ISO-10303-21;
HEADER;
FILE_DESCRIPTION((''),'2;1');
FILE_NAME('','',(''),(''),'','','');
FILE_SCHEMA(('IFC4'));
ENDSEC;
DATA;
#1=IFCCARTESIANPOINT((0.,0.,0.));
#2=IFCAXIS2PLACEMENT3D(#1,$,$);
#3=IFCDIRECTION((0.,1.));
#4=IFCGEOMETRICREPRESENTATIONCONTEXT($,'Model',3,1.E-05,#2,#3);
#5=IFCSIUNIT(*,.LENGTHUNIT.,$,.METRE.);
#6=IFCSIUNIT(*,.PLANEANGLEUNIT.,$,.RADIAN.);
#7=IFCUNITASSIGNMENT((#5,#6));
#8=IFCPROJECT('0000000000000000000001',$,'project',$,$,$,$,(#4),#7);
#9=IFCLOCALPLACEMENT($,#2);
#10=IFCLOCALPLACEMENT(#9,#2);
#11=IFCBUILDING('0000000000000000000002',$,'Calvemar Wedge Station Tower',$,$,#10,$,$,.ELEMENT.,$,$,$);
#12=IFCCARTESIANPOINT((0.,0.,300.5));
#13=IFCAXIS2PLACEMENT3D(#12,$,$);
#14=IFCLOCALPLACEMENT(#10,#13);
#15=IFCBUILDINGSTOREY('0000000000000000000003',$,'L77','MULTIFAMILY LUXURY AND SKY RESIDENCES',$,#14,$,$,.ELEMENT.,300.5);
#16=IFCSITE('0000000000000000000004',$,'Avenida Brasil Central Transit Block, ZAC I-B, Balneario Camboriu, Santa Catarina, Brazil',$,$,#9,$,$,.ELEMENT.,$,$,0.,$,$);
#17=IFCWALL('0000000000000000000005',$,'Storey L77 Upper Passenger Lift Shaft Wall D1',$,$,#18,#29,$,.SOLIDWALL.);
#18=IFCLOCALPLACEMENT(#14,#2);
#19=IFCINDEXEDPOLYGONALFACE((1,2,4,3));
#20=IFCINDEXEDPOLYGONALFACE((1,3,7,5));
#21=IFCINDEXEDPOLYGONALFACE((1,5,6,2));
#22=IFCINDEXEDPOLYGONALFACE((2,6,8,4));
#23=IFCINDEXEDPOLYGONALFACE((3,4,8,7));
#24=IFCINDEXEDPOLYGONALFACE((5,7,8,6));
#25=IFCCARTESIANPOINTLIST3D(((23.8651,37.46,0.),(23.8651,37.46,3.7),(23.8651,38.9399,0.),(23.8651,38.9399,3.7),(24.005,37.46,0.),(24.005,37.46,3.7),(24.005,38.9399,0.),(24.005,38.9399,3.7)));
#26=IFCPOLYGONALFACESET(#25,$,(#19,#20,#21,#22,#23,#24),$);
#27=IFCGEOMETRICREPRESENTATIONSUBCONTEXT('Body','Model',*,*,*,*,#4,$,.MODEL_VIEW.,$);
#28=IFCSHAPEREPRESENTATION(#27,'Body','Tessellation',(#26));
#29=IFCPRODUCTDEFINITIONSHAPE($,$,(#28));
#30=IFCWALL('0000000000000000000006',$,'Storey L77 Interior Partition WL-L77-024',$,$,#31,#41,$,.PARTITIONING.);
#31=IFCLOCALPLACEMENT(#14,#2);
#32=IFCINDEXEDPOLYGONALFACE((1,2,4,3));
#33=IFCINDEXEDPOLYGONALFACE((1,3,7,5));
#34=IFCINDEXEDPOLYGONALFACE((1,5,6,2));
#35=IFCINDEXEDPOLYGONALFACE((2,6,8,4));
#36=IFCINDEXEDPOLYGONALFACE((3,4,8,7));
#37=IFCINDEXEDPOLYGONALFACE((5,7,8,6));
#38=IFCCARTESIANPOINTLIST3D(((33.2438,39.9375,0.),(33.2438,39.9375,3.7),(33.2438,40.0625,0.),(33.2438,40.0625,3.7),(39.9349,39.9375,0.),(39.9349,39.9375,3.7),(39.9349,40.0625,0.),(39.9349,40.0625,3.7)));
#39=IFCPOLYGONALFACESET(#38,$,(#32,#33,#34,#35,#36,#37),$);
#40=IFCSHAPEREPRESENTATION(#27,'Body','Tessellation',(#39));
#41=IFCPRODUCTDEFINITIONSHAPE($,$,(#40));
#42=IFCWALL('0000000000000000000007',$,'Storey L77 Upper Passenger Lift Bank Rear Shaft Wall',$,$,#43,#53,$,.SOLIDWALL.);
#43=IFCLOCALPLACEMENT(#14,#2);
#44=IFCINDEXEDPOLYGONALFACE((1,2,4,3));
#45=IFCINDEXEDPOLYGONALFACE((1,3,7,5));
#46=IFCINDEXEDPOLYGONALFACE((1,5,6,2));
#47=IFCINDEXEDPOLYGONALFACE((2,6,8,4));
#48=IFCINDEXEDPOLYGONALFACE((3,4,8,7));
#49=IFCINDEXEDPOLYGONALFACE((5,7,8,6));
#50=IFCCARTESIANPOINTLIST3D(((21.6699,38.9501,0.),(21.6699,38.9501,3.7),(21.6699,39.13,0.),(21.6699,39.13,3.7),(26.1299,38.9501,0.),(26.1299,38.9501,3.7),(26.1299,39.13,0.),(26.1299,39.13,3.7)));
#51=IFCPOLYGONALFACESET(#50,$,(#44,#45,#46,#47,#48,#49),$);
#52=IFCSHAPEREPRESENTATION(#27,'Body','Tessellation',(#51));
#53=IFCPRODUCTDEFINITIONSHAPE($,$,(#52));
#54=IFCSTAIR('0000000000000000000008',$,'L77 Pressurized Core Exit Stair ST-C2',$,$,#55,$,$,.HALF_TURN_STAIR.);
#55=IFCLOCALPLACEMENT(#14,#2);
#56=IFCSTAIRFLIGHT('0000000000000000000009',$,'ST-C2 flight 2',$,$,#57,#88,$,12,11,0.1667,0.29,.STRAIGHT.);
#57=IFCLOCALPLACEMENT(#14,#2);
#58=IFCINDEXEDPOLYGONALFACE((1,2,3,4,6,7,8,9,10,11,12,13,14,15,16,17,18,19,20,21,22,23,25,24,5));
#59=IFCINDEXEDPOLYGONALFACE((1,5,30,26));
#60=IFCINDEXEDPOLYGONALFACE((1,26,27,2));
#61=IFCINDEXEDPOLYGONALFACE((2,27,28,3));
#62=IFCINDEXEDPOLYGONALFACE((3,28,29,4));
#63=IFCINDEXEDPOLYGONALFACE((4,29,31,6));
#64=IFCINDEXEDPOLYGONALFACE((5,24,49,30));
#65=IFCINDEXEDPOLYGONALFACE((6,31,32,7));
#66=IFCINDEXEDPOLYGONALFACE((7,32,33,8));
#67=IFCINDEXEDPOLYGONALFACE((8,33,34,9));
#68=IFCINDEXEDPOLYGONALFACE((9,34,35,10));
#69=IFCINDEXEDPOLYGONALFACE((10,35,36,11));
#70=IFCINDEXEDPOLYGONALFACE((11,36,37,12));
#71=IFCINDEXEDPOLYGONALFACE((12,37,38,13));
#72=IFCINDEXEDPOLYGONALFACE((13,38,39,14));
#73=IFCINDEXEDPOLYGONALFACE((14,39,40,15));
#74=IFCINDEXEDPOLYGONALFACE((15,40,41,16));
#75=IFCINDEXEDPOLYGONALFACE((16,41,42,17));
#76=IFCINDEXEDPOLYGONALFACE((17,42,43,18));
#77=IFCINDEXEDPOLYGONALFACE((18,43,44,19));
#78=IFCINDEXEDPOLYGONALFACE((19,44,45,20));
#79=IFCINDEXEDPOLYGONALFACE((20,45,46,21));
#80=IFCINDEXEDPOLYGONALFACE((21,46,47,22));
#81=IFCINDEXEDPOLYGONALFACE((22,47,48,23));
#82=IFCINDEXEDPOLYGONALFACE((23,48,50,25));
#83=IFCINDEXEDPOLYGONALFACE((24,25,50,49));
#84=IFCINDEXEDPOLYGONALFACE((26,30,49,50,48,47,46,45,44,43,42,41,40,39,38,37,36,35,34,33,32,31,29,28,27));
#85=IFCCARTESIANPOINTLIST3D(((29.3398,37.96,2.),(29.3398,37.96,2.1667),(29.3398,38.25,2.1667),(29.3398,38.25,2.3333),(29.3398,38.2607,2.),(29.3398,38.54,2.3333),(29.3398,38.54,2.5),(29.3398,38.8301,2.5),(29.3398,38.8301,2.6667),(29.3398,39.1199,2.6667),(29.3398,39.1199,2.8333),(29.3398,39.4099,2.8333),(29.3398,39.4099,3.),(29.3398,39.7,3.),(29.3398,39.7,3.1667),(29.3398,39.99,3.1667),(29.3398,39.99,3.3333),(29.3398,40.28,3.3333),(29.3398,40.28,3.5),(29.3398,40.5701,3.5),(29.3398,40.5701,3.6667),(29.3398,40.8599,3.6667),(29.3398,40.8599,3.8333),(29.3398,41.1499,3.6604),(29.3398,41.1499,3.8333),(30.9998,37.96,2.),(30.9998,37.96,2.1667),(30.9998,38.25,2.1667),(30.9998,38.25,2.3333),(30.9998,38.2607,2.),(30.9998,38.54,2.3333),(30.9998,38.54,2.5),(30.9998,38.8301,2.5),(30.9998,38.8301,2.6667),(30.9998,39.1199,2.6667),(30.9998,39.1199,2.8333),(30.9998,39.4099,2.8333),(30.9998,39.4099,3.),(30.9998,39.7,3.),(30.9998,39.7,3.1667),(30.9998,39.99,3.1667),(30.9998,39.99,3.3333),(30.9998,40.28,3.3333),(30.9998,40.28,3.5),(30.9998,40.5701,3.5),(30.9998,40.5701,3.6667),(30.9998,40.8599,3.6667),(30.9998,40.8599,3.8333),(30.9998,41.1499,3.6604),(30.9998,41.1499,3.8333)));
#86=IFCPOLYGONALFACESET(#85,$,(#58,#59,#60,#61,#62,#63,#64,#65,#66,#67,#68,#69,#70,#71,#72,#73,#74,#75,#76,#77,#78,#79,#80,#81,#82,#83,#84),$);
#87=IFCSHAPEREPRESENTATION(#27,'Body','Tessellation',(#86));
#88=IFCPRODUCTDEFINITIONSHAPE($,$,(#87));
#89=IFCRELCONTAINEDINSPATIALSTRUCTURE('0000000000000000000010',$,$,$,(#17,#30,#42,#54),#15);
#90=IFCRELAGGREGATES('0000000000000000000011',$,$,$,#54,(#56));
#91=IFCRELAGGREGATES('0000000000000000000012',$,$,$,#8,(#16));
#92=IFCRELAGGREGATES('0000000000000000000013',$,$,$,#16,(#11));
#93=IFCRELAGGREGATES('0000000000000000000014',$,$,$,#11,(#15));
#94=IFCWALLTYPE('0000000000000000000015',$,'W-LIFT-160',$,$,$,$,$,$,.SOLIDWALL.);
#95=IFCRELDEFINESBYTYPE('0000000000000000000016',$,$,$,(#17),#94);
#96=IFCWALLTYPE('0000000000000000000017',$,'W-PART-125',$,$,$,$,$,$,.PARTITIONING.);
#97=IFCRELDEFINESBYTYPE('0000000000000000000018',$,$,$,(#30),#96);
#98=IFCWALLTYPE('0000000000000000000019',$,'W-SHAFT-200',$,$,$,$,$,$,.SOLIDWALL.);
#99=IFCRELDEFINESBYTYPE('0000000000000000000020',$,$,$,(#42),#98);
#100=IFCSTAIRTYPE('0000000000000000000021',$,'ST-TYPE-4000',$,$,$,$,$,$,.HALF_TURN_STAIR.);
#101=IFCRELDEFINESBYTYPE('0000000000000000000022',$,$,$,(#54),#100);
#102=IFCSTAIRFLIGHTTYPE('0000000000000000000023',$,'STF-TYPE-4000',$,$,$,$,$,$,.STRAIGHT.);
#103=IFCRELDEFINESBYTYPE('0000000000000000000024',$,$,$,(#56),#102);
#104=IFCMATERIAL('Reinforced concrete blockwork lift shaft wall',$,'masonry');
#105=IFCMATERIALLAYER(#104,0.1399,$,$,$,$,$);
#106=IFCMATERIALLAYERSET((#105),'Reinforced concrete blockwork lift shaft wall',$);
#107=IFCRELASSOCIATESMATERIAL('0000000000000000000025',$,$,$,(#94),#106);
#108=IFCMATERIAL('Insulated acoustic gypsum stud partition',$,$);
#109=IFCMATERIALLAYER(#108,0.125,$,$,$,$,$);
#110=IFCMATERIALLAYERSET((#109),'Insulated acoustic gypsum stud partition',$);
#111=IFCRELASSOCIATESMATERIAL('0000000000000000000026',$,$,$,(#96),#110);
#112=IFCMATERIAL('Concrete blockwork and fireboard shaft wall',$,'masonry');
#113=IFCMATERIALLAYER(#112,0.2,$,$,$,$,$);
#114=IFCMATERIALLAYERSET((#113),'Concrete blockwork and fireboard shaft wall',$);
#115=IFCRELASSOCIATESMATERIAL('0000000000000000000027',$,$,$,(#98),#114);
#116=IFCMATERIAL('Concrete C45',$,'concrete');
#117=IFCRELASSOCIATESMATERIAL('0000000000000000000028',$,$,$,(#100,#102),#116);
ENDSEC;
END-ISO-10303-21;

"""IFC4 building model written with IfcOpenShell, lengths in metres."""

from ifc_helpers import new_model, si_unit, direction, frame, frame_2d, origin, place, context, subcontext, project, spatial, polyline, rectangle, outline, extrude, material, layer, layer_set, type_object, element, aggregate, save


model = new_model("IFC4")

# Units and contexts
model_context = context("Model", 3, precision=1e-05, world=origin(), true_north=direction((0.0, 1.0)))
body_context = subcontext(model_context, "Body", "Model", "MODEL_VIEW")
ifc_project = project(units=[si_unit("LENGTHUNIT", "METRE"), si_unit("PLANEANGLEUNIT", "RADIAN")], contexts=[model_context])

# Site, building, storey
site_placement = place(None, origin())
site = spatial("IfcSite", under=ifc_project, at=site_placement, Name="Avenida Brasil Central Transit Block, ZAC I-B, Balneario Camboriu, Santa Catarina, Brazil", CompositionType="ELEMENT", RefElevation=0.0)
building_placement = place(site_placement, origin())
building = spatial("IfcBuilding", under=site, at=building_placement, Name="Calvemar Wedge Station Tower", CompositionType="ELEMENT")
storey_placement = place(building_placement, frame((0.0, 0.0, 300.5)))
storey = spatial("IfcBuildingStorey", under=building, at=storey_placement, Name="L77", Description="MULTIFAMILY LUXURY AND SKY RESIDENCES", CompositionType="ELEMENT", Elevation=300.5)

# Shared definitions
ifc_material_1 = material(Name="Reinforced concrete blockwork lift shaft wall", Category="masonry")
ifc_layer_1 = layer(ifc_material_1, 0.1399)
ifc_layer_set_1 = layer_set([ifc_layer_1], Name="Reinforced concrete blockwork lift shaft wall")
wall_type_1 = type_object("IfcWallType", Name="W-LIFT-160", PredefinedType="SOLIDWALL", material=ifc_layer_set_1)

# Walls
for number, where, z_axis, x_axis, name in (
    (1, (23.9351, 37.46, 0.0), (0.0, 0.0, 1.0), (0.0, 1.0, 0.0), "Storey L77 Upper Passenger Lift Shaft Wall D1"),
):
    element("IfcWall", number, at=place(storey_placement, frame(where, z_axis=z_axis, x_axis=x_axis)), inside=storey, type_object=wall_type_1, Name=name, PredefinedType="SOLIDWALL", context=body_context, shape_type="SweptSolid", body=[
        extrude(rectangle(XDim=1.48, YDim=0.1399, at=frame_2d((0.74, 0.0))), origin(), (0.0, 0.0, 1.0), 3.7),
    ])
ifc_material_2 = material(Name="Insulated acoustic gypsum stud partition")
ifc_layer_2 = layer(ifc_material_2, 0.125)
ifc_layer_set_2 = layer_set([ifc_layer_2], Name="Insulated acoustic gypsum stud partition")
wall_type_2 = type_object("IfcWallType", Name="W-PART-125", PredefinedType="PARTITIONING", material=ifc_layer_set_2)
wall_1_placement = place(storey_placement, frame((39.9351, 40.0, 0.0), z_axis=(0.0, 0.0, 1.0), x_axis=(-1.0, 0.0, 0.0)))
element("IfcWall", 2, at=wall_1_placement, inside=storey, type_object=wall_type_2, Name="Storey L77 Interior Partition WL-L77-024", PredefinedType="PARTITIONING", context=body_context, shape_type="SweptSolid", body=[
    extrude(rectangle(XDim=6.6912, YDim=0.125, at=frame_2d((3.3457, 0.0))), origin(), (0.0, 0.0, 1.0), 3.7),
])
ifc_material_3 = material(Name="Concrete blockwork and fireboard shaft wall", Category="masonry")
ifc_layer_3 = layer(ifc_material_3, 0.2)
ifc_layer_set_3 = layer_set([ifc_layer_3], Name="Concrete blockwork and fireboard shaft wall")
wall_type_3 = type_object("IfcWallType", Name="W-SHAFT-200", PredefinedType="SOLIDWALL", material=ifc_layer_set_3)
wall_2_placement = place(storey_placement, frame((21.6699, 39.04, 0.0), z_axis=(0.0, 0.0, 1.0), x_axis=(1.0, 0.0, 0.0)))
element("IfcWall", 3, at=wall_2_placement, inside=storey, type_object=wall_type_3, Name="Storey L77 Upper Passenger Lift Bank Rear Shaft Wall", PredefinedType="SOLIDWALL", context=body_context, shape_type="SweptSolid", body=[
    extrude(rectangle(XDim=4.46, YDim=0.1799, at=frame_2d((2.23, 0.0))), origin(), (0.0, 0.0, 1.0), 3.7),
])

# Stair, stair flight
ifc_material_4 = material(Name="Concrete C45", Category="concrete")
stair_type = type_object("IfcStairType", Name="ST-TYPE-4000", PredefinedType="HALF_TURN_STAIR", material=ifc_material_4)
stair_placement = place(storey_placement, origin())
stair = element("IfcStair", 4, at=stair_placement, inside=storey, type_object=stair_type, Name="L77 Pressurized Core Exit Stair ST-C2", PredefinedType="HALF_TURN_STAIR")
stair_flight_type = type_object("IfcStairFlightType", Name="STF-TYPE-4000", PredefinedType="STRAIGHT", material=ifc_material_4)
stair_flight_placement = place(storey_placement, frame((30.1699, 37.96, 2.0), z_axis=(0.0, 0.0, 1.0), x_axis=(0.0, 1.0, 0.0)))
stair_flight = element("IfcStairFlight", 5, at=stair_flight_placement, type_object=stair_flight_type, Name="ST-C2 flight 2", NumberOfRisers=12, NumberOfTreads=11, PredefinedType="STRAIGHT", RiserHeight=0.1667, TreadLength=0.29, context=body_context, shape_type="SweptSolid", body=[
    extrude(outline(polyline([(0.0, 0.0), (0.0, 0.1667), (0.29, 0.1667), (0.29, 0.3333), (0.5801, 0.3333), (0.5801, 0.5), (0.8701, 0.5), (0.8701, 0.6667), (1.1599, 0.6667), (1.1599, 0.8333), (1.45, 0.8333), (1.45, 1.0), (1.74, 1.0), (1.74, 1.1667), (2.03, 1.1667), (2.03, 1.3333), (2.3201, 1.3333), (2.3201, 1.5), (2.6101, 1.5), (2.6101, 1.6667), (2.8999, 1.6667), (2.8999, 1.8333), (3.1899, 1.8333), (3.1899, 2.0), (3.1899, 1.6604), (0.3008, 0.0), (0.0, 0.0)])), frame((0.0, 0.8301, 0.0), z_axis=(0.0, -1.0, 0.0), x_axis=(1.0, 0.0, 0.0)), (0.0, 0.0, 1.0), 1.6599),
])
aggregate(stair, [stair_flight])

save(model, "model.ifc")
